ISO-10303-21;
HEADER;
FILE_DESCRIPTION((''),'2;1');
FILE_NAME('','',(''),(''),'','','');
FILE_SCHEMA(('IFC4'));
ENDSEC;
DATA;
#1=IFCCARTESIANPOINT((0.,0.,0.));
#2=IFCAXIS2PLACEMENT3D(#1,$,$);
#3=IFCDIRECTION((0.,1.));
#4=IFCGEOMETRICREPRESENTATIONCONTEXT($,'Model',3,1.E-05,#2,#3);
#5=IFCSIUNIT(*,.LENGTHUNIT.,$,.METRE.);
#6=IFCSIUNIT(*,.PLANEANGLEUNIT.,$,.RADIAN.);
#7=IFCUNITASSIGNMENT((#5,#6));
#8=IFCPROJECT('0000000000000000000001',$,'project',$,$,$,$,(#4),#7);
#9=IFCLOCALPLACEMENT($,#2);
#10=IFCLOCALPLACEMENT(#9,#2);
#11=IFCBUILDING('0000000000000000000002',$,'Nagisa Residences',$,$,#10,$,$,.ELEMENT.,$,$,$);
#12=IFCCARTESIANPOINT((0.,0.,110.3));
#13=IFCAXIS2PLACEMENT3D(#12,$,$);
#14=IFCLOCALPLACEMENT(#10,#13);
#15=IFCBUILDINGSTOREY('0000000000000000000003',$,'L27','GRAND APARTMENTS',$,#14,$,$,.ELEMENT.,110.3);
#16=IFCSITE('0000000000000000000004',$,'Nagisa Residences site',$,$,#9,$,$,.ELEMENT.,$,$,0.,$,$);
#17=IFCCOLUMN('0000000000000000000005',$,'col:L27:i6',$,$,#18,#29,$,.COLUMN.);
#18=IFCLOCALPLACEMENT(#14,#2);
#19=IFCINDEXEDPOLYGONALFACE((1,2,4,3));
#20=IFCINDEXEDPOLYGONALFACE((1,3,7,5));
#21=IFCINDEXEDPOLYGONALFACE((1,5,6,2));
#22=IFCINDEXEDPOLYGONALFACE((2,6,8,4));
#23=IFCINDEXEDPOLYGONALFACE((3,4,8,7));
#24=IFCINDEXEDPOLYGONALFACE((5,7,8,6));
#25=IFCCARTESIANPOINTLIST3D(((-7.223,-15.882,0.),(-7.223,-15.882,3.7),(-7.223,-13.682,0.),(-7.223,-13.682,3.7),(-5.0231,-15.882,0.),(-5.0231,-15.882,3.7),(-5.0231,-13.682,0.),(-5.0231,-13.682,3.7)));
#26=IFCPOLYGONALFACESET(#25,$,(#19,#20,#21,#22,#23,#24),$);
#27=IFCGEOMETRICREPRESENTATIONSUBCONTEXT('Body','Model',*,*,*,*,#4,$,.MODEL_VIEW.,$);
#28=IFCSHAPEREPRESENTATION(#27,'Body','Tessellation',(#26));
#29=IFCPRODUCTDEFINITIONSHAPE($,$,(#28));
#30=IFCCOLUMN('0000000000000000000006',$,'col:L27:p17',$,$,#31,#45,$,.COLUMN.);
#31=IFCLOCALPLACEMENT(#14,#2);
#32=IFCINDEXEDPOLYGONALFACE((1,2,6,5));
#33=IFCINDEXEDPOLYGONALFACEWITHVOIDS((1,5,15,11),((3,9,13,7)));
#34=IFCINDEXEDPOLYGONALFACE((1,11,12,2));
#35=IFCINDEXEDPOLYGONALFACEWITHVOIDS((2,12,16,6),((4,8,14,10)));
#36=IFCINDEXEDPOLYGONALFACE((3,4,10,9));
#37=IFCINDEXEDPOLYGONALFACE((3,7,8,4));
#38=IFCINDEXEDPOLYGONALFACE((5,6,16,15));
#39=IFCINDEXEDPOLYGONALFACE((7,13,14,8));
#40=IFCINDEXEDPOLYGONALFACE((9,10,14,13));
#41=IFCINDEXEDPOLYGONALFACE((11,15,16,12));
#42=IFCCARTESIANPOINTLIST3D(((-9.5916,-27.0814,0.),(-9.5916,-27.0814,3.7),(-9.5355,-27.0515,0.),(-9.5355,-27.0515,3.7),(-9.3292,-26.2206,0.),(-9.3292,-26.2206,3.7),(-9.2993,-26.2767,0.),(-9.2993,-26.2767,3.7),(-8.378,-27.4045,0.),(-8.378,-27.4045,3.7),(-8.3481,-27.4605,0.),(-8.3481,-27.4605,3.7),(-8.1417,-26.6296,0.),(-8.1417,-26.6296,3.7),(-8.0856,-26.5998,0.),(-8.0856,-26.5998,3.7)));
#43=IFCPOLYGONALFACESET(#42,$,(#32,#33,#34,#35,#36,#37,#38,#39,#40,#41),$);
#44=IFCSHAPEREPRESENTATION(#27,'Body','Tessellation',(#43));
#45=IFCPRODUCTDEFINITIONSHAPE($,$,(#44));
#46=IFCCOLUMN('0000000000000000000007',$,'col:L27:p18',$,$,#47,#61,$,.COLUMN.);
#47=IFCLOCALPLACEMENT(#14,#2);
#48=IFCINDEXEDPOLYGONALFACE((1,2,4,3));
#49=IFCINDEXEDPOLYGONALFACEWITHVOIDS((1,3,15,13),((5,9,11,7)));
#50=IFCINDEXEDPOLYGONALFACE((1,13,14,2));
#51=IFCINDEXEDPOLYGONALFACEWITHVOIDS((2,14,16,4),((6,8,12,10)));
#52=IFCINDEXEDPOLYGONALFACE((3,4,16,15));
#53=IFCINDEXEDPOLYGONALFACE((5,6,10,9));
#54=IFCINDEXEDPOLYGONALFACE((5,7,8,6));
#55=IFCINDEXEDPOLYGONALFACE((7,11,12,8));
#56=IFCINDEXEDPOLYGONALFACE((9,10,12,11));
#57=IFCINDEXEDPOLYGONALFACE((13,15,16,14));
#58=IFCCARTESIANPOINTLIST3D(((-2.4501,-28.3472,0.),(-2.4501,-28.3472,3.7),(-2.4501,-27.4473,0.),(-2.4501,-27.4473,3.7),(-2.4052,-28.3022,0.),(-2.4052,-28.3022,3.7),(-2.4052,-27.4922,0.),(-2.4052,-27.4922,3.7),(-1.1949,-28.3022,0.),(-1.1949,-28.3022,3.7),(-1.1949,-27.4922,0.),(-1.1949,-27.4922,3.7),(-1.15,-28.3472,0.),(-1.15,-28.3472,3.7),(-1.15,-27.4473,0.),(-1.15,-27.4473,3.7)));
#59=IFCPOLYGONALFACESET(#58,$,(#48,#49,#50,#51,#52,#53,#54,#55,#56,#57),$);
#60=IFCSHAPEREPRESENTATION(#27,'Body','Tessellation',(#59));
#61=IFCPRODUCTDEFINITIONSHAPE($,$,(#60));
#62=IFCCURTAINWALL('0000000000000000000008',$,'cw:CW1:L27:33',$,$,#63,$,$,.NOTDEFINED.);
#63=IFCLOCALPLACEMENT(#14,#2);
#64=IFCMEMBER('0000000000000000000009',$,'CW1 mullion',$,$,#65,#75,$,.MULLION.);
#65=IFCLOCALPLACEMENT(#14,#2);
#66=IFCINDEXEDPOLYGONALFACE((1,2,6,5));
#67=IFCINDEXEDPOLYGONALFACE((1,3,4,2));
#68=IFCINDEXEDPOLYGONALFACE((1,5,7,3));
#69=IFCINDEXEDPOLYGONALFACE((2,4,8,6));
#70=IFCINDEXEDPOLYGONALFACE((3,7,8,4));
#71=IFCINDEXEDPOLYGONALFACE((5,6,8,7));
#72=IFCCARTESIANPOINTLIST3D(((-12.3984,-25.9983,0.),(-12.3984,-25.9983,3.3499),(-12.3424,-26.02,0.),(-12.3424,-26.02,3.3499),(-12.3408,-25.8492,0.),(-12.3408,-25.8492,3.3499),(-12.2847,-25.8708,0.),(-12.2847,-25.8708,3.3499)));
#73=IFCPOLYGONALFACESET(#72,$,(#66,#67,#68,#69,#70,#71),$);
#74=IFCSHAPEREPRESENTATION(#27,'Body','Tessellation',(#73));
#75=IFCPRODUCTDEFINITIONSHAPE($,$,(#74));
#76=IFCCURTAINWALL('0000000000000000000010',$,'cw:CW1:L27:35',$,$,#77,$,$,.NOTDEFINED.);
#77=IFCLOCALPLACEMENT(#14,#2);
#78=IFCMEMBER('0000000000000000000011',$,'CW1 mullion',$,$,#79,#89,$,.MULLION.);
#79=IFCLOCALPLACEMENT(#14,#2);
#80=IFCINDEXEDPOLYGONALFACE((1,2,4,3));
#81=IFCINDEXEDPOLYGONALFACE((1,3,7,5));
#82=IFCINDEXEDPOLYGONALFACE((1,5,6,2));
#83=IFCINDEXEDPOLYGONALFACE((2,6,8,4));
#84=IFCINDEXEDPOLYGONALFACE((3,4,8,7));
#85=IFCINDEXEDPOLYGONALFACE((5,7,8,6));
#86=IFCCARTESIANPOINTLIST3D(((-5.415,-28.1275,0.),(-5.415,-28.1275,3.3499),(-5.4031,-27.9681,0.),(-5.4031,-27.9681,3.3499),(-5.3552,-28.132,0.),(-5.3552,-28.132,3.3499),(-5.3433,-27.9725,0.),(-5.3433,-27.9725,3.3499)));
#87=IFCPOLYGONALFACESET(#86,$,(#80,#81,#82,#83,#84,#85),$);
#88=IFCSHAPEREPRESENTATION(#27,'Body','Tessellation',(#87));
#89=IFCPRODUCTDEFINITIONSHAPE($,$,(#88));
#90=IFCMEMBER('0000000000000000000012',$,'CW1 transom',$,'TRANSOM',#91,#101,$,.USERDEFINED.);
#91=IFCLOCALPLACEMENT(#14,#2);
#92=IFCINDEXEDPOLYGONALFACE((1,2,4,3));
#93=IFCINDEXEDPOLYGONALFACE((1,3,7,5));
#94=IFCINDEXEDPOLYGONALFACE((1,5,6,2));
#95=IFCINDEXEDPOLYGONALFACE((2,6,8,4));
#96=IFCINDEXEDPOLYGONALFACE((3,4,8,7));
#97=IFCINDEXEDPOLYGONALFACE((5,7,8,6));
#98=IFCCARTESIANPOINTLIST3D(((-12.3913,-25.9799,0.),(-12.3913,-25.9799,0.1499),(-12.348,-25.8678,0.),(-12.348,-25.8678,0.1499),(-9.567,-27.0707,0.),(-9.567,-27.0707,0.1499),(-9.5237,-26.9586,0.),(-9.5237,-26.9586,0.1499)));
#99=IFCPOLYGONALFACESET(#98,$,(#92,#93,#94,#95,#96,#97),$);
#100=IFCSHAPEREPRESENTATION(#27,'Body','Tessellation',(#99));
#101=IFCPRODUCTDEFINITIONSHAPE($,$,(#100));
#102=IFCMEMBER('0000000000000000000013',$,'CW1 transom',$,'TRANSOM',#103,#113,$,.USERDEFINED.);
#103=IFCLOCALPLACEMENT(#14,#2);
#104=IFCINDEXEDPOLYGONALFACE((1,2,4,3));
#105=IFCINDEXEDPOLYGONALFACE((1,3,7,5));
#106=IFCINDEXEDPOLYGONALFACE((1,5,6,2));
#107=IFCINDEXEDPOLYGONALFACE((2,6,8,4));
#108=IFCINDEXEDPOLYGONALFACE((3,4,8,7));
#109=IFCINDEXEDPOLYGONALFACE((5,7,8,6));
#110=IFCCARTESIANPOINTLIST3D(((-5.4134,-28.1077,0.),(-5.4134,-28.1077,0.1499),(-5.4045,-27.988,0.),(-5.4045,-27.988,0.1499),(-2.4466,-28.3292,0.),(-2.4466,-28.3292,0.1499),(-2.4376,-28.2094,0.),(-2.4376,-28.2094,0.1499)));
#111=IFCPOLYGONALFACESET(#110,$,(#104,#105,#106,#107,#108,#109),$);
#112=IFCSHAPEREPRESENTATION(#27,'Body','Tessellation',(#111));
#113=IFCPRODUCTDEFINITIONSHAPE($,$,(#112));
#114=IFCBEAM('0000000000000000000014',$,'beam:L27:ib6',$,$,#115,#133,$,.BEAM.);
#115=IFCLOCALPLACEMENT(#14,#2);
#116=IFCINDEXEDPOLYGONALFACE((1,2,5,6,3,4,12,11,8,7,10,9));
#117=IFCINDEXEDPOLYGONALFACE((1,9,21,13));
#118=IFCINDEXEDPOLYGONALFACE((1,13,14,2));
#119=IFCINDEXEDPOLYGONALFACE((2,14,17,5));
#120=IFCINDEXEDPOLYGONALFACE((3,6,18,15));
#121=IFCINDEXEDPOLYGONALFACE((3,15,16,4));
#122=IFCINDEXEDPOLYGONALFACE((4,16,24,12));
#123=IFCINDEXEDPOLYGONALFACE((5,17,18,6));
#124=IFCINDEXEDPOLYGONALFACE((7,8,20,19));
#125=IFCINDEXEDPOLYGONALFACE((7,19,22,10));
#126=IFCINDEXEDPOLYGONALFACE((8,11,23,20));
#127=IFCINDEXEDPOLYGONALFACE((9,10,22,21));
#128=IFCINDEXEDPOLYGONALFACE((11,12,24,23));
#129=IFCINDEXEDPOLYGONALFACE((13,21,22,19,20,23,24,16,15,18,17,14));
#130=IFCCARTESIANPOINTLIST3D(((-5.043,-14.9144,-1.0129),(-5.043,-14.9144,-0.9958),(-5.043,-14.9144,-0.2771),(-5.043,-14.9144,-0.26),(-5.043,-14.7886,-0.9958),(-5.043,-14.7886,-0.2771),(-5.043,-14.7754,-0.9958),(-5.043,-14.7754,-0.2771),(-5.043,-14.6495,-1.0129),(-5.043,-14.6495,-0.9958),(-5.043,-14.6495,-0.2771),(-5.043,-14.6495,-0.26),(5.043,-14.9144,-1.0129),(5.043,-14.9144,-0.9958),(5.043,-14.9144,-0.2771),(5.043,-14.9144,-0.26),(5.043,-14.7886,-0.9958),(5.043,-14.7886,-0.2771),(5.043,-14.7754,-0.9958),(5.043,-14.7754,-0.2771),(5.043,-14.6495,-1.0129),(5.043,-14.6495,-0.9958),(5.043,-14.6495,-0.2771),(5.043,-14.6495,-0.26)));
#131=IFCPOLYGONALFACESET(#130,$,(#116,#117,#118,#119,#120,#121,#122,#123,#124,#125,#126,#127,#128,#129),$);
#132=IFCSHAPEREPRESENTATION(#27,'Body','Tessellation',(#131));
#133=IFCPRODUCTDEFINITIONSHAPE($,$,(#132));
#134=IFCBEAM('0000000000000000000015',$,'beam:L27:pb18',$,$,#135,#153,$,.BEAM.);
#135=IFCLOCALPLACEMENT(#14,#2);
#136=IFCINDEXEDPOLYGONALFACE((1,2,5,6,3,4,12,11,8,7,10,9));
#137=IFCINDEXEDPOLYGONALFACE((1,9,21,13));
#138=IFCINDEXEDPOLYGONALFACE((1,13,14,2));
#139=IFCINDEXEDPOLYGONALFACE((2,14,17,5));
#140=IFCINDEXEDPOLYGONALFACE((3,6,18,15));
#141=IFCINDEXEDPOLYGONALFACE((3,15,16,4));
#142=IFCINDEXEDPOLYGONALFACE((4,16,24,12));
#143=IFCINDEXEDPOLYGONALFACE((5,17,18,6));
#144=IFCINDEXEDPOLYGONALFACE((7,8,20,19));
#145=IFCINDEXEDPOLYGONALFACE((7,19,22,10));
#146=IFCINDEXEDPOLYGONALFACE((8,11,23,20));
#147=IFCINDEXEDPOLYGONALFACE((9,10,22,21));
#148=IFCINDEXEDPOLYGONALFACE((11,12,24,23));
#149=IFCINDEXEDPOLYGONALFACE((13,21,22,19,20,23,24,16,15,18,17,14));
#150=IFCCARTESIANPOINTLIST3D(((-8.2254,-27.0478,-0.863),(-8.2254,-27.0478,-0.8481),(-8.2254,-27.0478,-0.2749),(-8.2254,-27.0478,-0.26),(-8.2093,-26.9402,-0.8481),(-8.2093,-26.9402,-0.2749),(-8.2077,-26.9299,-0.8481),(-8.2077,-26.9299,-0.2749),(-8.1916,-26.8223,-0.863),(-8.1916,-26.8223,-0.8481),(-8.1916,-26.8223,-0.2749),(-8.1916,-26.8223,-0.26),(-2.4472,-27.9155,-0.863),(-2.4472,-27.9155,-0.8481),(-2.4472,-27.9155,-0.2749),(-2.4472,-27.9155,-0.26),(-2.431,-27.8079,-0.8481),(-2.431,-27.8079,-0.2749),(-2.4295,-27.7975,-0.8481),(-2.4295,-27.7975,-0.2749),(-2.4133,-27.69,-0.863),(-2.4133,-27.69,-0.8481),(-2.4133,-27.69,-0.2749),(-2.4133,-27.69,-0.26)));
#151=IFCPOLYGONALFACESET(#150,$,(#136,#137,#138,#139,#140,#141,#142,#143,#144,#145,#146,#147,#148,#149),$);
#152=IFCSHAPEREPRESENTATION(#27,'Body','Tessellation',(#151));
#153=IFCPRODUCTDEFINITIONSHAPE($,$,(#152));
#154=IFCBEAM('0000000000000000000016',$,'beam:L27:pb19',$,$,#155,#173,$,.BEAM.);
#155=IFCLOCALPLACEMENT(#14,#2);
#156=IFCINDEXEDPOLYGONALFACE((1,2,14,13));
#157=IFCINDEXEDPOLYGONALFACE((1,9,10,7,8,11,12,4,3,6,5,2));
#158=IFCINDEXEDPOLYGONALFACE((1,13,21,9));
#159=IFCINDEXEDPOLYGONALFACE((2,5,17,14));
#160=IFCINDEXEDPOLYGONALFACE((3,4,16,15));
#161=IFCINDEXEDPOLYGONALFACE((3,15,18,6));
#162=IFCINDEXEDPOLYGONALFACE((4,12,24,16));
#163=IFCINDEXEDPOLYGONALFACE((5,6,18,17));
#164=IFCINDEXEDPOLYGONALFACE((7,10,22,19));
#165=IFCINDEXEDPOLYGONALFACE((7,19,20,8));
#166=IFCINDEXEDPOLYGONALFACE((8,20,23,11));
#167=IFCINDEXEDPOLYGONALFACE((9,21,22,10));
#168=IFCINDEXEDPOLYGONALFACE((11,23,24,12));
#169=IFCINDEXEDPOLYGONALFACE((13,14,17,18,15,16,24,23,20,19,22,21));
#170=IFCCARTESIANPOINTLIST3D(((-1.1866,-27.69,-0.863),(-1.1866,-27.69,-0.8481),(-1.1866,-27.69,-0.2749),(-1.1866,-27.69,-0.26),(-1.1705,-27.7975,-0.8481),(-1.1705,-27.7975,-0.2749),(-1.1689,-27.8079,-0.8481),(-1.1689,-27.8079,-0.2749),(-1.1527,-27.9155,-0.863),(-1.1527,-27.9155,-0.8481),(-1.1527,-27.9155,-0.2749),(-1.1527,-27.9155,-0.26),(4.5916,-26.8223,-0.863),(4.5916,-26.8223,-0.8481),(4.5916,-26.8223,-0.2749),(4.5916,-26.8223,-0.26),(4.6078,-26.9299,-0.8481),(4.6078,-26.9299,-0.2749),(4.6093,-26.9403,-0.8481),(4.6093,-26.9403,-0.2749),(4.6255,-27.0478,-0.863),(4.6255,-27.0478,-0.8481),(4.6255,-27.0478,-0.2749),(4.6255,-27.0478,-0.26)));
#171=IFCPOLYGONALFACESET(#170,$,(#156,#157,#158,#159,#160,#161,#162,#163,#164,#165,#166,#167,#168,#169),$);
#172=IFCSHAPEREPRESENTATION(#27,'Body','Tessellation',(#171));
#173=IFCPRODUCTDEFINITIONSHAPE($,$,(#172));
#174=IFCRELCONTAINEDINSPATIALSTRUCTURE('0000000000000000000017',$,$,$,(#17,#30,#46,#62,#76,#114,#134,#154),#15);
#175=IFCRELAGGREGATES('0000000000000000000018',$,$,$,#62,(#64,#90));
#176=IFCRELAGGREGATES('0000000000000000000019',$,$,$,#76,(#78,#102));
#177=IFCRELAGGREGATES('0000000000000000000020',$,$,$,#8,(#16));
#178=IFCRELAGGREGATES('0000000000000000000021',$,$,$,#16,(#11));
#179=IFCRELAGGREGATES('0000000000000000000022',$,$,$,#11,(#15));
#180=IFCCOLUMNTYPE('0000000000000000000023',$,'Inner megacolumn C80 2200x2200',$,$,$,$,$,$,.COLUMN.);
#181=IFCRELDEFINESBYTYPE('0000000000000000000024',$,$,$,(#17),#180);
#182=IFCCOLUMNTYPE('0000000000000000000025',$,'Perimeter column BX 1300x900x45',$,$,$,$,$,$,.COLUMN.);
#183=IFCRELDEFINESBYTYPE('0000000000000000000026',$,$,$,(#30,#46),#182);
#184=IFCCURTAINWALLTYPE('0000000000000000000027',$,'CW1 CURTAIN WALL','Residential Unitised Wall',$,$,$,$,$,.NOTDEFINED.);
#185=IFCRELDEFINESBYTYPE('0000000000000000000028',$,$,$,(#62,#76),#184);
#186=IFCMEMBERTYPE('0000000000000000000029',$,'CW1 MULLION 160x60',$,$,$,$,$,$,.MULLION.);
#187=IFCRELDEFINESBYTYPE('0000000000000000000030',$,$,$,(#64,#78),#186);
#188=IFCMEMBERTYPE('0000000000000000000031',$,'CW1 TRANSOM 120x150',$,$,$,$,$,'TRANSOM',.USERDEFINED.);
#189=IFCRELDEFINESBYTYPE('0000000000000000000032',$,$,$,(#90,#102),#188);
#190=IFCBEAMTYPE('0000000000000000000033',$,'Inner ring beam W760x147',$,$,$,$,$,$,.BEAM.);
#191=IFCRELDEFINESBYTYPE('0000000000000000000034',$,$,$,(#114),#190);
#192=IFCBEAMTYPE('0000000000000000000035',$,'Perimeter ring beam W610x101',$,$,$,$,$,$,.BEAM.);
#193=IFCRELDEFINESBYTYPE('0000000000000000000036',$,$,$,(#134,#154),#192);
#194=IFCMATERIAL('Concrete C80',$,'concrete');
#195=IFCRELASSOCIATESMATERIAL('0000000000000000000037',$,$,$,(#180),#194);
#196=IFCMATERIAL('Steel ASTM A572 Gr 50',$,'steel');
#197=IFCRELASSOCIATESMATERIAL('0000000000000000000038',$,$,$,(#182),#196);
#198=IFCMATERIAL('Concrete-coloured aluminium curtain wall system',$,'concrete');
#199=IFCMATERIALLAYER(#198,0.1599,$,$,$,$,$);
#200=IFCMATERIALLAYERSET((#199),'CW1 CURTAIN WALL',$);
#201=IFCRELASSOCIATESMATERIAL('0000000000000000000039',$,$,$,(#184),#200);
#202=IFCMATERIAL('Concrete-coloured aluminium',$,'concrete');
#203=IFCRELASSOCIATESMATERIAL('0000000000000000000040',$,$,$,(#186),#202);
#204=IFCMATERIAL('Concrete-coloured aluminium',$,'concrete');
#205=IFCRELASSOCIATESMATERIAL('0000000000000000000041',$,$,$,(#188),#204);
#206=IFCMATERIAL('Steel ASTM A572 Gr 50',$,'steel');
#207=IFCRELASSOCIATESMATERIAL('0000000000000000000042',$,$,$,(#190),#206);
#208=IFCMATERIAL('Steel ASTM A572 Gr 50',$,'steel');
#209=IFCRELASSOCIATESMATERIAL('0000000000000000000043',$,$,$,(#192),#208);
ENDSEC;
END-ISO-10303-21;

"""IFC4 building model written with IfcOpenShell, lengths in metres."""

from ifc_helpers import new_model, si_unit, direction, frame, origin, origin_2d, place, context, subcontext, project, spatial, rectangle, hollow_rectangle, i_section, extrude, material, layer, layer_set, material_profile, profile_set, type_object, element, aggregate, save


model = new_model("IFC4")

# Units and contexts
model_context = context("Model", 3, precision=1e-05, world=origin(), true_north=direction((0.0, 1.0)))
body_context = subcontext(model_context, "Body", "Model", "MODEL_VIEW")
ifc_project = project(units=[si_unit("LENGTHUNIT", "METRE"), si_unit("PLANEANGLEUNIT", "RADIAN")], contexts=[model_context])

# Site, building, storey
site_placement = place(None, origin())
site = spatial("IfcSite", under=ifc_project, at=site_placement, Name="Nagisa Residences site", CompositionType="ELEMENT", RefElevation=0.0)
building_placement = place(site_placement, origin())
building = spatial("IfcBuilding", under=site, at=building_placement, Name="Nagisa Residences", CompositionType="ELEMENT")
storey_placement = place(building_placement, frame((0.0, 0.0, 110.3)))
storey = spatial("IfcBuildingStorey", under=building, at=storey_placement, Name="L27", Description="GRAND APARTMENTS", CompositionType="ELEMENT", Elevation=110.3)

# Columns
ifc_material_1 = material(Name="Concrete C80", Category="concrete")
ifc_material_profile_1 = material_profile(ifc_material_1, rectangle(XDim=2.2, YDim=2.2, at=origin_2d()), Name="C80 2200x2200")
ifc_profile_set_1 = profile_set([ifc_material_profile_1], Name="Concrete C80")
column_type_1 = type_object("IfcColumnType", Name="Inner megacolumn C80 2200x2200", PredefinedType="COLUMN", material=ifc_profile_set_1)
column_placement = place(storey_placement, frame((-6.123, -14.782, 0.0), z_axis=(0.0, 0.0, 1.0), x_axis=(1.0, 0.0, 0.0)))
element("IfcColumn", 1, at=column_placement, inside=storey, type_object=column_type_1, Name="col:L27:i6", PredefinedType="COLUMN", context=body_context, shape_type="SweptSolid", body=[
    extrude(rectangle(XDim=2.2, YDim=2.2, at=origin_2d()), origin(), (0.0, 0.0, 1.0), 3.7),
])
ifc_material_2 = material(Name="Steel ASTM A572 Gr 50", Category="steel")
ifc_material_profile_2 = material_profile(ifc_material_2, hollow_rectangle(XDim=1.3, YDim=0.8999, WallThickness=0.0449, at=origin_2d()), Name="BX 1300x900x45")
ifc_profile_set_2 = profile_set([ifc_material_profile_2], Name="Steel ASTM A572 Gr 50")
column_type_2 = type_object("IfcColumnType", Name="Perimeter column BX 1300x900x45", PredefinedType="COLUMN", material=ifc_profile_set_2)
for number, where, z_axis, x_axis, name in (
    (2, (-8.8386, -26.8406, 0.0), (0.0, 0.0, 1.0), (0.956525, -0.291652, 0.0), "col:L27:p17"),
    (3, (-1.8, -27.8972, 0.0), (0.0, 0.0, 1.0), (1.0, 0.0, 0.0), "col:L27:p18"),
):
    element("IfcColumn", number, at=place(storey_placement, frame(where, z_axis=z_axis, x_axis=x_axis)), inside=storey, type_object=column_type_2, Name=name, PredefinedType="COLUMN", context=body_context, shape_type="SweptSolid", body=[
        extrude(hollow_rectangle(XDim=1.3, YDim=0.8999, WallThickness=0.0449, at=origin_2d()), origin(), (0.0, 0.0, 1.0), 3.7),
    ])

# Curtain walls, members
ifc_material_3 = material(Name="Concrete-coloured aluminium curtain wall system", Category="concrete")
ifc_layer_1 = layer(ifc_material_3, 0.1599)
ifc_layer_set_1 = layer_set([ifc_layer_1], Name="CW1 CURTAIN WALL")
curtain_wall_type = type_object("IfcCurtainWallType", Name="CW1 CURTAIN WALL", Description="Residential Unitised Wall", PredefinedType="NOTDEFINED", material=ifc_layer_set_1)
curtain_wall_1_placement = place(storey_placement, origin())
curtain_wall_1 = element("IfcCurtainWall", 4, at=curtain_wall_1_placement, inside=storey, type_object=curtain_wall_type, Name="cw:CW1:L27:33", PredefinedType="NOTDEFINED")
ifc_material_4 = material(Name="Concrete-coloured aluminium", Category="concrete")
ifc_material_profile_3 = material_profile(ifc_material_4, rectangle(XDim=0.1599, YDim=0.0601, at=origin_2d()), Name="CW1 MULLION 160x60")
ifc_profile_set_3 = profile_set([ifc_material_profile_3], Name="Concrete-coloured aluminium")
member_type_1 = type_object("IfcMemberType", Name="CW1 MULLION 160x60", PredefinedType="MULLION", material=ifc_profile_set_3)
member_1_placement = place(storey_placement, frame((-12.3416, -25.9346, 0.0), z_axis=(0.0, 0.0, 1.0), x_axis=(0.360328, 0.932826, 0.0)))
member_1 = element("IfcMember", 5, at=member_1_placement, type_object=member_type_1, Name="CW1 mullion", PredefinedType="MULLION", context=body_context, shape_type="SweptSolid", body=[
    extrude(rectangle(XDim=0.1599, YDim=0.0601, at=origin_2d()), origin(), (0.0, 0.0, 1.0), 3.3499),
])
curtain_wall_2_placement = place(storey_placement, origin())
curtain_wall_2 = element("IfcCurtainWall", 6, at=curtain_wall_2_placement, inside=storey, type_object=curtain_wall_type, Name="cw:CW1:L27:35", PredefinedType="NOTDEFINED")
member_2_placement = place(storey_placement, frame((-5.3792, -28.05, 0.0), z_axis=(0.0, 0.0, 1.0), x_axis=(0.074377, 0.99723, 0.0)))
member_2 = element("IfcMember", 7, at=member_2_placement, type_object=member_type_1, Name="CW1 mullion", PredefinedType="MULLION", context=body_context, shape_type="SweptSolid", body=[
    extrude(rectangle(XDim=0.1599, YDim=0.0601, at=origin_2d()), origin(), (0.0, 0.0, 1.0), 3.3499),
])

# Members
ifc_material_5 = material(Name="Concrete-coloured aluminium", Category="concrete")
ifc_material_profile_4 = material_profile(ifc_material_5, rectangle(XDim=0.1201, YDim=0.1499, at=origin_2d()), Name="CW1 TRANSOM 120x150")
ifc_profile_set_4 = profile_set([ifc_material_profile_4], Name="Concrete-coloured aluminium")
member_type_2 = type_object("IfcMemberType", Name="CW1 TRANSOM 120x150", ElementType="TRANSOM", PredefinedType="USERDEFINED", material=ifc_profile_set_4)
member_3_placement = place(storey_placement, frame((-12.3696, -25.9238, 0.075), z_axis=(0.932838, -0.360297, 0.0), x_axis=(0.360297, 0.932838, 0.0)))
member_3 = element("IfcMember", 8, at=member_3_placement, type_object=member_type_2, Name="CW1 transom", ObjectType="TRANSOM", PredefinedType="USERDEFINED", context=body_context, shape_type="SweptSolid", body=[
    extrude(rectangle(XDim=0.1201, YDim=0.1499, at=origin_2d()), origin(), (0.0, 0.0, 1.0), 3.0276),
])
member_4_placement = place(storey_placement, frame((-5.4089, -28.0479, 0.075), z_axis=(0.997226, -0.074431, 0.0), x_axis=(0.074431, 0.997226, 0.0)))
member_4 = element("IfcMember", 9, at=member_4_placement, type_object=member_type_2, Name="CW1 transom", ObjectType="TRANSOM", PredefinedType="USERDEFINED", context=body_context, shape_type="SweptSolid", body=[
    extrude(rectangle(XDim=0.1201, YDim=0.1499, at=origin_2d()), origin(), (0.0, 0.0, 1.0), 2.9751),
])

# Beams
ifc_material_6 = material(Name="Steel ASTM A572 Gr 50", Category="steel")
ifc_material_profile_5 = material_profile(ifc_material_6, i_section(OverallWidth=0.2649, OverallDepth=0.7529, WebThickness=0.0132, FlangeThickness=0.0171, at=origin_2d()), Name="W760x147")
ifc_profile_set_5 = profile_set([ifc_material_profile_5], Name="Steel ASTM A572 Gr 50")
beam_type_1 = type_object("IfcBeamType", Name="Inner ring beam W760x147", PredefinedType="BEAM", material=ifc_profile_set_5)
beam_1_placement = place(storey_placement, frame((-5.043, -14.782, -0.6365), z_axis=(1.0, 0.0, 0.0), x_axis=(0.0, 1.0, 0.0)))
element("IfcBeam", 10, at=beam_1_placement, inside=storey, type_object=beam_type_1, Name="beam:L27:ib6", PredefinedType="BEAM", context=body_context, shape_type="SweptSolid", body=[
    extrude(i_section(OverallWidth=0.2649, OverallDepth=0.7529, WebThickness=0.0132, FlangeThickness=0.0171, at=origin_2d()), origin(), (0.0, 0.0, 1.0), 10.0859),
])
ifc_material_7 = material(Name="Steel ASTM A572 Gr 50", Category="steel")
ifc_material_profile_6 = material_profile(ifc_material_7, i_section(OverallWidth=0.228, OverallDepth=0.603, WebThickness=0.0105, FlangeThickness=0.0149, at=origin_2d()), Name="W610x101")
ifc_profile_set_6 = profile_set([ifc_material_profile_6], Name="Steel ASTM A572 Gr 50")
beam_type_2 = type_object("IfcBeamType", Name="Perimeter ring beam W610x101", PredefinedType="BEAM", material=ifc_profile_set_6)
for number, where, z_axis, x_axis, name in (
    (11, (-8.2085, -26.9351, -0.5615), (0.988913, -0.148496, 0.0), (0.148496, 0.988913, 0.0), "beam:L27:pb18"),
    (12, (-1.1697, -27.8027, -0.5615), (0.988913, 0.148496, 0.0), (-0.148496, 0.988913, 0.0), "beam:L27:pb19"),
):
    element("IfcBeam", number, at=place(storey_placement, frame(where, z_axis=z_axis, x_axis=x_axis)), inside=storey, type_object=beam_type_2, Name=name, PredefinedType="BEAM", context=body_context, shape_type="SweptSolid", body=[
        extrude(i_section(OverallWidth=0.228, OverallDepth=0.603, WebThickness=0.0105, FlangeThickness=0.0149, at=origin_2d()), origin(), (0.0, 0.0, 1.0), 5.843),
    ])

aggregate(curtain_wall_1, [member_1, member_3])
aggregate(curtain_wall_2, [member_2, member_4])

save(model, "model.ifc")
